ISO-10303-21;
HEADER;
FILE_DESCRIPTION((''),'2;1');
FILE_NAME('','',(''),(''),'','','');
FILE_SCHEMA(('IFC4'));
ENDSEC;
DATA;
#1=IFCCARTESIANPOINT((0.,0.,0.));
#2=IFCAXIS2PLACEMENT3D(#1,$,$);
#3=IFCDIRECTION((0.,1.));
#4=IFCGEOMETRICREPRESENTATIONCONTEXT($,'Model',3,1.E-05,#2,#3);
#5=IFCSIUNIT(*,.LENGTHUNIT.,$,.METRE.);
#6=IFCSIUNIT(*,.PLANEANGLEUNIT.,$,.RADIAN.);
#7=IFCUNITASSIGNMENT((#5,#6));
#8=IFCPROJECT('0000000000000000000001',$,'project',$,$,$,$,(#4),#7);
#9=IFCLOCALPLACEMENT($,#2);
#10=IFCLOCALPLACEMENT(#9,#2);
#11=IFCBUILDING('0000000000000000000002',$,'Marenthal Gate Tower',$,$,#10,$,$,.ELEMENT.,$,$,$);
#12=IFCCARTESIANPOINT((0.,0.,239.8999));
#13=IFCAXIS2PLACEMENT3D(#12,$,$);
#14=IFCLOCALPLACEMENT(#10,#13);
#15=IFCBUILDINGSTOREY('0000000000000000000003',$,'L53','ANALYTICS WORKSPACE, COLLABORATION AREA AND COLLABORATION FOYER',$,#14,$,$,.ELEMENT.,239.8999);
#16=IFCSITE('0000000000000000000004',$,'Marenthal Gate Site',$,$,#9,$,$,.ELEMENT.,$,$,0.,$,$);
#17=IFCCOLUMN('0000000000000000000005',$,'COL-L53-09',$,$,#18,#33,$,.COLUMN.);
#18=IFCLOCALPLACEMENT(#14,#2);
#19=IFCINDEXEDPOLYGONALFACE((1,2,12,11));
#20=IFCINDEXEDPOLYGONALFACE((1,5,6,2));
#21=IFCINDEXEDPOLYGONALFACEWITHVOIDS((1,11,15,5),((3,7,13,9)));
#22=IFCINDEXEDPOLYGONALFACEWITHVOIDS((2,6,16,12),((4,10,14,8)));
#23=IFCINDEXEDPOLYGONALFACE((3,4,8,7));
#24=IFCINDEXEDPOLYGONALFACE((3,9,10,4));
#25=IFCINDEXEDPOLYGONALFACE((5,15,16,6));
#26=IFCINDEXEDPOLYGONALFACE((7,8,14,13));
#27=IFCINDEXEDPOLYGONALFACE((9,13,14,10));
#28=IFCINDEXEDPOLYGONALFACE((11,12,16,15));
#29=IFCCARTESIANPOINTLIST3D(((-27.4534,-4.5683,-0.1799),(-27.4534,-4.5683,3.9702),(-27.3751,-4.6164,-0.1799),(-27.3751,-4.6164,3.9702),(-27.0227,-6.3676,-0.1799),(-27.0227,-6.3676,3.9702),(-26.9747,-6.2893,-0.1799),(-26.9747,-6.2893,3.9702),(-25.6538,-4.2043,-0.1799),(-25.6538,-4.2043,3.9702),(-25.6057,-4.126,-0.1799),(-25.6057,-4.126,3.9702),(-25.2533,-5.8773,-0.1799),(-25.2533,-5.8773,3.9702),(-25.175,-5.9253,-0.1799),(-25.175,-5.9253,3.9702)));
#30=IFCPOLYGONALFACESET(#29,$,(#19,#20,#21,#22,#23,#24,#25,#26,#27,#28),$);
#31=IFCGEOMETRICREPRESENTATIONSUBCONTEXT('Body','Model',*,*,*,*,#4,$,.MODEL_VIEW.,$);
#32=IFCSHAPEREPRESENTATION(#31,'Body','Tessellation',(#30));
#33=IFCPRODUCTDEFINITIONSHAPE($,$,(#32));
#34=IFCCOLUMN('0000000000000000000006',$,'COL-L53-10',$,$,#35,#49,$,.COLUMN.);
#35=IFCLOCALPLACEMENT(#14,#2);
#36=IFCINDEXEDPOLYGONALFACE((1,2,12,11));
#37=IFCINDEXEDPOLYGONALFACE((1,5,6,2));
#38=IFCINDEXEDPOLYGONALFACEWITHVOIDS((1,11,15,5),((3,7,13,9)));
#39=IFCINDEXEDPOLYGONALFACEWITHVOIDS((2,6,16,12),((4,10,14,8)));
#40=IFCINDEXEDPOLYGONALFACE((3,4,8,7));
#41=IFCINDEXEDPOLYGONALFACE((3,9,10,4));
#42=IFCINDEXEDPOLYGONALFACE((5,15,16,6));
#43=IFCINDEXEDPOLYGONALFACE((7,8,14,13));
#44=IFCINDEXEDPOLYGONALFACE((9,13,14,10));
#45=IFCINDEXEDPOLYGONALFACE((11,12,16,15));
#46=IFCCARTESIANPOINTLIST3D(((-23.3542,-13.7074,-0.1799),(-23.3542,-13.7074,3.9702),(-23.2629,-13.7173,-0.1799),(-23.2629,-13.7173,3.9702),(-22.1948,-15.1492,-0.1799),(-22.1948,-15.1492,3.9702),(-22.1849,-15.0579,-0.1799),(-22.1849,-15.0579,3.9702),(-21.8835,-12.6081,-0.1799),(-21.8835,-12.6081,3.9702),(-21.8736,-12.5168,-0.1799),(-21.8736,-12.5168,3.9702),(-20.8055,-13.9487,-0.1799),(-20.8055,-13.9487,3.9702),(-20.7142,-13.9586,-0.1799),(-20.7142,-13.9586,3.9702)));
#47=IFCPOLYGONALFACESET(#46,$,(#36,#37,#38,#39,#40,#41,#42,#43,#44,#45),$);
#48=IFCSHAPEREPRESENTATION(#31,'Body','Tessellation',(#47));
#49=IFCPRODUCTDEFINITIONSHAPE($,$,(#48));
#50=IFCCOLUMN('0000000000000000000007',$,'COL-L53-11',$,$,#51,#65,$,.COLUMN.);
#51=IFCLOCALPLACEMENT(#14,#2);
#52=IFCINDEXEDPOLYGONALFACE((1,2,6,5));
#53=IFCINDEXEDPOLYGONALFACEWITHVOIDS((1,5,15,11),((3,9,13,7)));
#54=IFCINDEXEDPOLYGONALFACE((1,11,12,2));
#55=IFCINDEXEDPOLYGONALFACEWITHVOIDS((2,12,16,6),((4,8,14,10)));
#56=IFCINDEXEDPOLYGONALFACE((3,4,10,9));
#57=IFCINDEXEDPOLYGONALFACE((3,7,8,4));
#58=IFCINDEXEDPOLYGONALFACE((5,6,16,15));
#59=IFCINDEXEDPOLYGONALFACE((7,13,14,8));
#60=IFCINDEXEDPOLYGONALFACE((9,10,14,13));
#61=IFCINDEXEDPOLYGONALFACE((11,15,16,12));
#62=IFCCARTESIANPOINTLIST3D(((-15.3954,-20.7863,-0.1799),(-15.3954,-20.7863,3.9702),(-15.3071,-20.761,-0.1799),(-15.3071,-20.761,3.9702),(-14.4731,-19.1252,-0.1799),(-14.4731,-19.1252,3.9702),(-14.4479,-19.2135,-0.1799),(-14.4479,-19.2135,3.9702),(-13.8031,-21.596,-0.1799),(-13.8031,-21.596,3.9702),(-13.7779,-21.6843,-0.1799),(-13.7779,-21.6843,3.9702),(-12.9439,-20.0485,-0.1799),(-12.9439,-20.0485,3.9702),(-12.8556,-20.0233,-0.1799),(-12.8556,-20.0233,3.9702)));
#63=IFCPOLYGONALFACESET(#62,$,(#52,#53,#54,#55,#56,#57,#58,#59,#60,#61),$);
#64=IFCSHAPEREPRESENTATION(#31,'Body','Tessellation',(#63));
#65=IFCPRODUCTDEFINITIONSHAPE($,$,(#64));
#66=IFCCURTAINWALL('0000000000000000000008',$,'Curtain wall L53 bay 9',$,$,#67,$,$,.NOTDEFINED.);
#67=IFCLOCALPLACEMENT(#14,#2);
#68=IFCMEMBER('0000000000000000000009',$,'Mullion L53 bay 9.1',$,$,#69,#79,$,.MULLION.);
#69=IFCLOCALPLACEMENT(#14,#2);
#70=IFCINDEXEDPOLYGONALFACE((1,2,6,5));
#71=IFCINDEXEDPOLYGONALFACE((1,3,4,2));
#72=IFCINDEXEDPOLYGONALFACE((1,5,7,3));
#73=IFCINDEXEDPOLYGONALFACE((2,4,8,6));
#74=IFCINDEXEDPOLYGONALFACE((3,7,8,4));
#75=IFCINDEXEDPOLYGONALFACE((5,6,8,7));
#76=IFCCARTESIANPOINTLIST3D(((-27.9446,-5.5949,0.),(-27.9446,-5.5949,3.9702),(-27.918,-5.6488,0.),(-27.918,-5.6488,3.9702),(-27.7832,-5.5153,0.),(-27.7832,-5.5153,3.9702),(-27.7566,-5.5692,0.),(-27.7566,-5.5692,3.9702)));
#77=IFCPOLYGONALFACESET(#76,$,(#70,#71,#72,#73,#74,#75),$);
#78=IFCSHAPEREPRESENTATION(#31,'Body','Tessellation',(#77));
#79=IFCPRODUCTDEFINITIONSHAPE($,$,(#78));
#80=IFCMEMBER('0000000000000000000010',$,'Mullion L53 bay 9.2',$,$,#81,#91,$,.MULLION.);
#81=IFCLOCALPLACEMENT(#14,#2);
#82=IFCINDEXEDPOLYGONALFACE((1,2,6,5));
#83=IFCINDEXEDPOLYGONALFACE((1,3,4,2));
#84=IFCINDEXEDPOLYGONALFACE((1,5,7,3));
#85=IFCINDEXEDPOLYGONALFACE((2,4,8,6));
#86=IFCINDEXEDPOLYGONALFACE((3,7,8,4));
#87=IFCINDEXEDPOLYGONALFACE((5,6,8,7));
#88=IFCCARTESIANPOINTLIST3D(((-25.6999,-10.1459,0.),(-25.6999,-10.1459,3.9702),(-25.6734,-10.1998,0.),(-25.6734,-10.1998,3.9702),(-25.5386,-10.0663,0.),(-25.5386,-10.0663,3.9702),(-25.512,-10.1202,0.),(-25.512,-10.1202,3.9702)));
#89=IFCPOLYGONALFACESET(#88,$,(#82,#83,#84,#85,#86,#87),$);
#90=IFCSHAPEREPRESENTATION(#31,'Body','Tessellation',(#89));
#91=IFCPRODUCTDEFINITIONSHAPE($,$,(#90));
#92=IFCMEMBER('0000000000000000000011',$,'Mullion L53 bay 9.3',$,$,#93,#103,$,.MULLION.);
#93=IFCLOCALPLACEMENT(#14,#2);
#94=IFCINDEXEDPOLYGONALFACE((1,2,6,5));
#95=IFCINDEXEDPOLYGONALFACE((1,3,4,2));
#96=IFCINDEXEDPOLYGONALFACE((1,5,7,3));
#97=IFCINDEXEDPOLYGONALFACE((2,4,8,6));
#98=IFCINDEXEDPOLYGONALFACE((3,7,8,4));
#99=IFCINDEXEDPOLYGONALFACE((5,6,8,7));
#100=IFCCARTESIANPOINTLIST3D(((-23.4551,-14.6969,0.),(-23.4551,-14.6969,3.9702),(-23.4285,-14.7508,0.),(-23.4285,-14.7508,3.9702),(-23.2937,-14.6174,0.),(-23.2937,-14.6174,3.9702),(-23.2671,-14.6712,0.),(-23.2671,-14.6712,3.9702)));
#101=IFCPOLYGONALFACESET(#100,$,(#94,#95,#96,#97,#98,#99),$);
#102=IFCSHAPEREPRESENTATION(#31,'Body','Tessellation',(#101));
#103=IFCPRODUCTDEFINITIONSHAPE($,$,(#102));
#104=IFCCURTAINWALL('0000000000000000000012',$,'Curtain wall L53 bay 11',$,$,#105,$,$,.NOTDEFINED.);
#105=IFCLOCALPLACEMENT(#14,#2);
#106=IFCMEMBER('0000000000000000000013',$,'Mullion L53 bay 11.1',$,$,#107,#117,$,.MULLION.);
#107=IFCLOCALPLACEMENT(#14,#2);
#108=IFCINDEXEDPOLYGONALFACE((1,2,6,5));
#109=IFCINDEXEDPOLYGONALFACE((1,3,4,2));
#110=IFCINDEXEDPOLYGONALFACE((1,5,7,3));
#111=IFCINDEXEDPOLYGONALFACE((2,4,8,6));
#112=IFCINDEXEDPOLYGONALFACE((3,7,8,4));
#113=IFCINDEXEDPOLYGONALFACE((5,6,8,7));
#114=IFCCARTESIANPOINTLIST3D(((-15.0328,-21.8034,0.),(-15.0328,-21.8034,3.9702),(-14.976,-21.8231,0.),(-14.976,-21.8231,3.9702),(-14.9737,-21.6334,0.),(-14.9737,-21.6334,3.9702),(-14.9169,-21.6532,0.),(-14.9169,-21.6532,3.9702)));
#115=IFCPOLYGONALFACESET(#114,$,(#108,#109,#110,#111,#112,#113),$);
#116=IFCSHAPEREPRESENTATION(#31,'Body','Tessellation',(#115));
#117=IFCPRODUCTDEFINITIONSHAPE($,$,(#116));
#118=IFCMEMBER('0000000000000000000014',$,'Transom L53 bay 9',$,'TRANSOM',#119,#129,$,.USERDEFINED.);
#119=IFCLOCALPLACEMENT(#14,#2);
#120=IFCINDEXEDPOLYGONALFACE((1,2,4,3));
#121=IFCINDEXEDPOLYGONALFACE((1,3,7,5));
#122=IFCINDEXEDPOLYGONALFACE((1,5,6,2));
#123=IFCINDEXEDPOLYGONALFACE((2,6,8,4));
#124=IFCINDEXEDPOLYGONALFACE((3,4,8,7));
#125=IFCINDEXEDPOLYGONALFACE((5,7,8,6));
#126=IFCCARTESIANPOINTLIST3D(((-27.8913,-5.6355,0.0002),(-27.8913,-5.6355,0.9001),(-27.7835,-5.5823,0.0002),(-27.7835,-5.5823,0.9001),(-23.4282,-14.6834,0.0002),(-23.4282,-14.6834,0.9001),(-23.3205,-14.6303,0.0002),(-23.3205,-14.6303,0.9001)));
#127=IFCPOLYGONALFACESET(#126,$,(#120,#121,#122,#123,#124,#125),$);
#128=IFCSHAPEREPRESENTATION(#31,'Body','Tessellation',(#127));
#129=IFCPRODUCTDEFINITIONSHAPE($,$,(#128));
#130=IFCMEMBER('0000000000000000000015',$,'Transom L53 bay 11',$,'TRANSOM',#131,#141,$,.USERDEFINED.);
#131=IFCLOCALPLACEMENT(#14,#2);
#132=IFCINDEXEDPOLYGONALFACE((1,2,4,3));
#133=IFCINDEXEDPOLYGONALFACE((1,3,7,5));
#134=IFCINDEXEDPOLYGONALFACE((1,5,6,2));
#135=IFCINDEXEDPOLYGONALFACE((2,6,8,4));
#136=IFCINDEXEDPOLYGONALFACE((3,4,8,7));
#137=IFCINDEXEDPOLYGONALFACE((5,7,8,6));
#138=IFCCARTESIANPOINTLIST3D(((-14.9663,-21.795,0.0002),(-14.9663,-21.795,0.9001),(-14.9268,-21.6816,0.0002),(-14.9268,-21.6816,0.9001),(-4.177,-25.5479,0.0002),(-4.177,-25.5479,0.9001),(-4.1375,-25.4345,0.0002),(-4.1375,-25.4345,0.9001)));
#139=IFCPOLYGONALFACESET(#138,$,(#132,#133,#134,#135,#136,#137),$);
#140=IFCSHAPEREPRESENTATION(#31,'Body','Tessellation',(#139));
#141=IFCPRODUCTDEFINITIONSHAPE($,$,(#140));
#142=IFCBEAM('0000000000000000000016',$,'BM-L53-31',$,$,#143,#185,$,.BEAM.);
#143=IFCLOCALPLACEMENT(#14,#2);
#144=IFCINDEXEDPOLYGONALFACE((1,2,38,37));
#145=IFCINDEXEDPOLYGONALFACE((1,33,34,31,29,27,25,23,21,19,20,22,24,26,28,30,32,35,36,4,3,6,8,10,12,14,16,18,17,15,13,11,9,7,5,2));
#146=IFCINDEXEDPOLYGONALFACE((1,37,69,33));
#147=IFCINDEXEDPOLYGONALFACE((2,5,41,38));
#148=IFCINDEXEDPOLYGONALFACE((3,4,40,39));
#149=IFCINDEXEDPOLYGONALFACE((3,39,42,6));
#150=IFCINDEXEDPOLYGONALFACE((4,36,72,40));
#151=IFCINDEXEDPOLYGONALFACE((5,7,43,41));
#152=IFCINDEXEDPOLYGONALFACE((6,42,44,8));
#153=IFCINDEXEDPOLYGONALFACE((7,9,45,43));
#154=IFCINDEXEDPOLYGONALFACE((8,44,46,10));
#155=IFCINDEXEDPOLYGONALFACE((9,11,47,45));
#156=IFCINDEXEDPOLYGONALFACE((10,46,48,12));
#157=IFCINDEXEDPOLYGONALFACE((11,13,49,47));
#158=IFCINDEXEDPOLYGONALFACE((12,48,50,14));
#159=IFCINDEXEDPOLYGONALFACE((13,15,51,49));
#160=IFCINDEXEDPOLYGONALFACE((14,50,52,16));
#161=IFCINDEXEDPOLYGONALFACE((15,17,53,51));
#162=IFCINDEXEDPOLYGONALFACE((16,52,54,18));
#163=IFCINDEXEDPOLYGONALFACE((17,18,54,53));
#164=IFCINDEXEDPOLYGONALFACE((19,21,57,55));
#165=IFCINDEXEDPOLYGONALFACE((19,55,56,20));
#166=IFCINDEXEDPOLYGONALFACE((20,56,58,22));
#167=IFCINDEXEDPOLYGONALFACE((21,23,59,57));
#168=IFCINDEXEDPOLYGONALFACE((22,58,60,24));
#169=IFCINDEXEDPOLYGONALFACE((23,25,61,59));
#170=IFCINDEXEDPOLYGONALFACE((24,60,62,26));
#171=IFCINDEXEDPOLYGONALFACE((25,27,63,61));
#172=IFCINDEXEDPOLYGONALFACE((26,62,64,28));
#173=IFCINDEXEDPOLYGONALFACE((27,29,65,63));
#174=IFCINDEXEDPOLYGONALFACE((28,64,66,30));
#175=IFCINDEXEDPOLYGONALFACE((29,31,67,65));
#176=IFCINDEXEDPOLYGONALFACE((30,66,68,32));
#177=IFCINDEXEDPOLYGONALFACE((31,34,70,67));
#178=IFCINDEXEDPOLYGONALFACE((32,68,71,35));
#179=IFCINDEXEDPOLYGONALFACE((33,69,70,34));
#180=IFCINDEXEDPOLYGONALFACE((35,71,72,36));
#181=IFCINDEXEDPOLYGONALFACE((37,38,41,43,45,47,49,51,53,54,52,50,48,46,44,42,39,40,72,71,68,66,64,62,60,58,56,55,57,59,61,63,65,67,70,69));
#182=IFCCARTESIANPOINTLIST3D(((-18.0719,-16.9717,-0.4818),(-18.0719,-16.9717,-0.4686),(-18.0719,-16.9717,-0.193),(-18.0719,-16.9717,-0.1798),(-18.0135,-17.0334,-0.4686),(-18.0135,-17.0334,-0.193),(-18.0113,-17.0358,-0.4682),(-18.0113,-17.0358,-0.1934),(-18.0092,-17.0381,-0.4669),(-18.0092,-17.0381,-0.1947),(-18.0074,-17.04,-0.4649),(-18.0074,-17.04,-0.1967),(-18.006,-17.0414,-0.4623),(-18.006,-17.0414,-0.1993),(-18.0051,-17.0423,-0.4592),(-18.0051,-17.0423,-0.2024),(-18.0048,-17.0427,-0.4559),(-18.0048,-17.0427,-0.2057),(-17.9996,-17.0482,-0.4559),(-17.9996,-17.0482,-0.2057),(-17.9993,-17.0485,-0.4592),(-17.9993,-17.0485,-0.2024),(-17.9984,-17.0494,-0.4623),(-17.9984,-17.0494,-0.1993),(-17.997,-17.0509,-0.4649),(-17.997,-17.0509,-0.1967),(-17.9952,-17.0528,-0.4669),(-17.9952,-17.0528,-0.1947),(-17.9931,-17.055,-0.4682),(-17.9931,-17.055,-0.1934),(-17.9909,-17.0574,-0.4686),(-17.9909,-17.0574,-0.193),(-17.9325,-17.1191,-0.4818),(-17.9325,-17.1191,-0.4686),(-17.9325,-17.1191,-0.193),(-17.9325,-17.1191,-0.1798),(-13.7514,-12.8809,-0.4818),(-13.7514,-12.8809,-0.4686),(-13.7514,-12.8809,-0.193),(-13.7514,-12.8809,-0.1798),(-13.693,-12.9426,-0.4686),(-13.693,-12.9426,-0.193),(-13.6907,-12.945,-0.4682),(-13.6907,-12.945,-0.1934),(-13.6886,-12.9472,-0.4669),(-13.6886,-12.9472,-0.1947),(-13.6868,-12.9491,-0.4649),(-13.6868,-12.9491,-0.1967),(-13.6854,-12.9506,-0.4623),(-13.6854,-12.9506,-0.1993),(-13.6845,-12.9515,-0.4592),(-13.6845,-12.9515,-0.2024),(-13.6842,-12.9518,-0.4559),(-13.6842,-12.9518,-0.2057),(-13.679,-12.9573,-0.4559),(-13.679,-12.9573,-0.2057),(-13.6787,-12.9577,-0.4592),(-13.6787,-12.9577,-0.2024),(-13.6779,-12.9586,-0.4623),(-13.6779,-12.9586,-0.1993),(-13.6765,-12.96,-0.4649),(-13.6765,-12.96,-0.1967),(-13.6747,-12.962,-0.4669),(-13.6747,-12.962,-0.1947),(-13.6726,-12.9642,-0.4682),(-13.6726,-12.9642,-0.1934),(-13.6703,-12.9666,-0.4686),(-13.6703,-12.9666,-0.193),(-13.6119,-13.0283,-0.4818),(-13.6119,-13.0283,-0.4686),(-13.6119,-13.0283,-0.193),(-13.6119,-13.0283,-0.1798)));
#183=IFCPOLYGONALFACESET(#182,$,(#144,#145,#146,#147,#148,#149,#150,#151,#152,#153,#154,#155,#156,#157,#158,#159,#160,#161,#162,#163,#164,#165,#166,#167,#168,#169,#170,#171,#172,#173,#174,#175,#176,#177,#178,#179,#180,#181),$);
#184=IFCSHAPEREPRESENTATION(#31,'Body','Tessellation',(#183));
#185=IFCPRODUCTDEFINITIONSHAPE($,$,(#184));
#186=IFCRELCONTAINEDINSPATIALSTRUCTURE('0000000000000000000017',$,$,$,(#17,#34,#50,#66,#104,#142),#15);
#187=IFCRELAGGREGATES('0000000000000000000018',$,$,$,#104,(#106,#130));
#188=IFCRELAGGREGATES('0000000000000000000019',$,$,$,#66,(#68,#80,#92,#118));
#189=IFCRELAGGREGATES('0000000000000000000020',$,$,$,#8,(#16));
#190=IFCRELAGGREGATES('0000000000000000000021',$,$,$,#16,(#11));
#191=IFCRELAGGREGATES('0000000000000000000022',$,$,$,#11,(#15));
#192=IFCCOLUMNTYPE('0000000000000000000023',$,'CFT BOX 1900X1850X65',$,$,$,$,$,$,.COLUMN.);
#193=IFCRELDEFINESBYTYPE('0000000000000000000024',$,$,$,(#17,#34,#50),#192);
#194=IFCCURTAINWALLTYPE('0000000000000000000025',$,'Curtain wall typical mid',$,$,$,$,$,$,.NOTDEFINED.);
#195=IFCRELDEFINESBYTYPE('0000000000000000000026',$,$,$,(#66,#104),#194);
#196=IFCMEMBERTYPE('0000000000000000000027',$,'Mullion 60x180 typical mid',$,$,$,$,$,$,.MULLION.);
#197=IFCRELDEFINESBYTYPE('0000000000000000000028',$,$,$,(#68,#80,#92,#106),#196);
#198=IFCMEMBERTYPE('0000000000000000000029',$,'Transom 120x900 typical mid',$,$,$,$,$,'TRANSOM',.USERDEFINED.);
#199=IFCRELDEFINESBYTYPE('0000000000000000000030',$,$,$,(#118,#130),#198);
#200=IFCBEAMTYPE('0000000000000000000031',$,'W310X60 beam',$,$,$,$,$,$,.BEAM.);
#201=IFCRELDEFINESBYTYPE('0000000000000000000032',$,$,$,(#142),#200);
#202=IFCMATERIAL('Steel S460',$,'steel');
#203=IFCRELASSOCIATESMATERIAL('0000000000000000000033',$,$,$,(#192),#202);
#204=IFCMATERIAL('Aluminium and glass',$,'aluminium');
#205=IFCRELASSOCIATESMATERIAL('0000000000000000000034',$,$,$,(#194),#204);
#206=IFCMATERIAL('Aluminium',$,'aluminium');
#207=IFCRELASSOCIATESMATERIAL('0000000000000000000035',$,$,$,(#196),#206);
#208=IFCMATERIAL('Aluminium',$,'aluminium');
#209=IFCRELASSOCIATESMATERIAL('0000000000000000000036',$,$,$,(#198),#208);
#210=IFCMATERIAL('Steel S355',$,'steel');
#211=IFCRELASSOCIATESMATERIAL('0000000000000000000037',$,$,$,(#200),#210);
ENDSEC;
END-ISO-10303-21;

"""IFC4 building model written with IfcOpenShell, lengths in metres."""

from ifc_helpers import new_model, si_unit, direction, frame, origin, origin_2d, place, context, subcontext, project, spatial, rectangle, hollow_rectangle, i_section, extrude, material, material_profile, profile_set, type_object, element, aggregate, save


model = new_model("IFC4")

# Units and contexts
model_context = context("Model", 3, precision=1e-05, world=origin(), true_north=direction((0.0, 1.0)))
body_context = subcontext(model_context, "Body", "Model", "MODEL_VIEW")
ifc_project = project(units=[si_unit("LENGTHUNIT", "METRE"), si_unit("PLANEANGLEUNIT", "RADIAN")], contexts=[model_context])

# Site, building, storey
site_placement = place(None, origin())
site = spatial("IfcSite", under=ifc_project, at=site_placement, Name="Marenthal Gate Site", CompositionType="ELEMENT", RefElevation=0.0)
building_placement = place(site_placement, origin())
building = spatial("IfcBuilding", under=site, at=building_placement, Name="Marenthal Gate Tower", CompositionType="ELEMENT")
storey_placement = place(building_placement, frame((0.0, 0.0, 239.8999)))
storey = spatial("IfcBuildingStorey", under=building, at=storey_placement, Name="L53", Description="ANALYTICS WORKSPACE, COLLABORATION AREA AND COLLABORATION FOYER", CompositionType="ELEMENT", Elevation=239.8999)

# Columns
ifc_material_1 = material(Name="Steel S460", Category="steel")
ifc_material_profile_1 = material_profile(ifc_material_1, hollow_rectangle(XDim=1.8501, YDim=1.8999, WallThickness=0.0649, at=origin_2d()), Name="CFT BOX 1900X1850X65")
ifc_material_2 = material(Name="Concrete 70 MPa", Category="concrete")
ifc_material_profile_2 = material_profile(ifc_material_2, rectangle(XDim=1.72, YDim=1.77, at=origin_2d()), Name="CFT BOX 1900X1850X65 INFILL")
ifc_profile_set_1 = profile_set([ifc_material_profile_1, ifc_material_profile_2], Name="Steel S460 shell, Concrete 70 MPa infill")
column_type = type_object("IfcColumnType", Name="CFT BOX 1900X1850X65", PredefinedType="COLUMN", material=ifc_profile_set_1)
for number, where, z_axis, x_axis, name in (
    (1, (-26.3142, -5.2468, -0.1799), (0.0, 0.0, 1.0), (-0.232804, 0.972524, 0.0), "COL-L53-09"),
    (2, (-22.0342, -13.833, -0.1799), (0.0, 0.0, 1.0), (-0.626651, 0.7793, 0.0), "COL-L53-10"),
    (3, (-14.1255, -20.4048, -0.1799), (0.0, 0.0, 1.0), (-0.874282, 0.485419, 0.0), "COL-L53-11"),
):
    element("IfcColumn", number, at=place(storey_placement, frame(where, z_axis=z_axis, x_axis=x_axis)), inside=storey, type_object=column_type, Name=name, PredefinedType="COLUMN", context=body_context, shape_type="SweptSolid", body=[
        extrude(hollow_rectangle(XDim=1.8501, YDim=1.8999, WallThickness=0.0649, at=origin_2d()), origin(), (0.0, 0.0, 1.0), 4.1501),
    ])

# Curtain wall, members
ifc_material_3 = material(Name="Aluminium and glass", Category="aluminium")
curtain_wall_type = type_object("IfcCurtainWallType", Name="Curtain wall typical mid", PredefinedType="NOTDEFINED", material=ifc_material_3)
curtain_wall_1_placement = place(storey_placement, origin())
curtain_wall_1 = element("IfcCurtainWall", 4, at=curtain_wall_1_placement, inside=storey, type_object=curtain_wall_type, Name="Curtain wall L53 bay 9", PredefinedType="NOTDEFINED")
ifc_material_4 = material(Name="Aluminium", Category="aluminium")
ifc_material_profile_3 = material_profile(ifc_material_4, rectangle(XDim=0.1799, YDim=0.0601, at=origin_2d()), Name="60x180 aluminium mullion")
ifc_profile_set_2 = profile_set([ifc_material_profile_3], Name="Aluminium")
member_type_1 = type_object("IfcMemberType", Name="Mullion 60x180 typical mid", PredefinedType="MULLION", material=ifc_profile_set_2)
member_1_placement = place(storey_placement, frame((-27.8506, -5.582, 0.0), z_axis=(0.0, 0.0, 1.0), x_axis=(0.896835, 0.442364, 0.0)))
member_1 = element("IfcMember", 5, at=member_1_placement, type_object=member_type_1, Name="Mullion L53 bay 9.1", PredefinedType="MULLION", context=body_context, shape_type="SweptSolid", body=[
    extrude(rectangle(XDim=0.1799, YDim=0.0601, at=origin_2d()), origin(), (0.0, 0.0, 1.0), 3.9702),
])
member_2_placement = place(storey_placement, frame((-25.606, -10.1331, 0.0), z_axis=(0.0, 0.0, 1.0), x_axis=(0.896835, 0.442364, 0.0)))
member_2 = element("IfcMember", 6, at=member_2_placement, type_object=member_type_1, Name="Mullion L53 bay 9.2", PredefinedType="MULLION", context=body_context, shape_type="SweptSolid", body=[
    extrude(rectangle(XDim=0.1799, YDim=0.0601, at=origin_2d()), origin(), (0.0, 0.0, 1.0), 3.9702),
])
member_3_placement = place(storey_placement, frame((-23.3611, -14.6841, 0.0), z_axis=(0.0, 0.0, 1.0), x_axis=(0.896835, 0.442364, 0.0)))
member_3 = element("IfcMember", 7, at=member_3_placement, type_object=member_type_1, Name="Mullion L53 bay 9.3", PredefinedType="MULLION", context=body_context, shape_type="SweptSolid", body=[
    extrude(rectangle(XDim=0.1799, YDim=0.0601, at=origin_2d()), origin(), (0.0, 0.0, 1.0), 3.9702),
])

# Curtain wall, member
curtain_wall_2_placement = place(storey_placement, origin())
curtain_wall_2 = element("IfcCurtainWall", 8, at=curtain_wall_2_placement, inside=storey, type_object=curtain_wall_type, Name="Curtain wall L53 bay 11", PredefinedType="NOTDEFINED")
member_4_placement = place(storey_placement, frame((-14.9749, -21.7283, 0.0), z_axis=(0.0, 0.0, 1.0), x_axis=(0.32854, 0.94449, 0.0)))
member_4 = element("IfcMember", 9, at=member_4_placement, type_object=member_type_1, Name="Mullion L53 bay 11.1", PredefinedType="MULLION", context=body_context, shape_type="SweptSolid", body=[
    extrude(rectangle(XDim=0.1799, YDim=0.0601, at=origin_2d()), origin(), (0.0, 0.0, 1.0), 3.9702),
])

# Members
ifc_material_5 = material(Name="Aluminium", Category="aluminium")
ifc_material_profile_4 = material_profile(ifc_material_5, rectangle(XDim=0.1201, YDim=0.8999, at=origin_2d()), Name="120x900 aluminium transom")
ifc_profile_set_3 = profile_set([ifc_material_profile_4], Name="Aluminium")
member_type_2 = type_object("IfcMemberType", Name="Transom 120x900 typical mid", ElementType="TRANSOM", PredefinedType="USERDEFINED", material=ifc_profile_set_3)
member_5_placement = place(storey_placement, frame((-27.8374, -5.6089, 0.4502), z_axis=(0.442377, -0.896829, 0.0), x_axis=(0.896829, 0.442377, 0.0)))
member_5 = element("IfcMember", 10, at=member_5_placement, type_object=member_type_2, Name="Transom L53 bay 9", ObjectType="TRANSOM", PredefinedType="USERDEFINED", context=body_context, shape_type="SweptSolid", body=[
    extrude(rectangle(XDim=0.1201, YDim=0.8999, at=origin_2d()), origin(), (0.0, 0.0, 1.0), 10.0889),
])
member_6_placement = place(storey_placement, frame((-14.9465, -21.7383, 0.4502), z_axis=(0.944493, -0.328531, 0.0), x_axis=(0.328531, 0.944493, 0.0)))
member_6 = element("IfcMember", 11, at=member_6_placement, type_object=member_type_2, Name="Transom L53 bay 11", ObjectType="TRANSOM", PredefinedType="USERDEFINED", context=body_context, shape_type="SweptSolid", body=[
    extrude(rectangle(XDim=0.1201, YDim=0.8999, at=origin_2d()), origin(), (0.0, 0.0, 1.0), 11.4233),
])
aggregate(curtain_wall_2, [member_4, member_6])

# Beam
ifc_material_6 = material(Name="Steel S355", Category="steel")
ifc_material_profile_5 = material_profile(ifc_material_6, i_section(OverallWidth=0.2029, OverallDepth=0.302, WebThickness=0.0076, FlangeThickness=0.0132, FilletRadius=0.0127, at=origin_2d()), Name="W310X60")
ifc_profile_set_4 = profile_set([ifc_material_profile_5], Name="Steel S355")
beam_type_1 = type_object("IfcBeamType", Name="W310X60 beam", PredefinedType="BEAM", material=ifc_profile_set_4)
beam_1_placement = place(storey_placement, frame((-18.0022, -17.0454, -0.3308), z_axis=(0.726149, 0.687537, 0.0), x_axis=(-0.687537, 0.726149, 0.0)))
element("IfcBeam", 12, at=beam_1_placement, inside=storey, type_object=beam_type_1, Name="BM-L53-31", PredefinedType="BEAM", context=body_context, shape_type="SweptSolid", body=[
    extrude(i_section(OverallWidth=0.2029, OverallDepth=0.302, WebThickness=0.0076, FlangeThickness=0.0132, FilletRadius=0.0127, at=origin_2d()), origin(), (0.0, 0.0, 1.0), 5.95),
])

aggregate(curtain_wall_1, [member_1, member_2, member_3, member_5])

save(model, "model.ifc")
